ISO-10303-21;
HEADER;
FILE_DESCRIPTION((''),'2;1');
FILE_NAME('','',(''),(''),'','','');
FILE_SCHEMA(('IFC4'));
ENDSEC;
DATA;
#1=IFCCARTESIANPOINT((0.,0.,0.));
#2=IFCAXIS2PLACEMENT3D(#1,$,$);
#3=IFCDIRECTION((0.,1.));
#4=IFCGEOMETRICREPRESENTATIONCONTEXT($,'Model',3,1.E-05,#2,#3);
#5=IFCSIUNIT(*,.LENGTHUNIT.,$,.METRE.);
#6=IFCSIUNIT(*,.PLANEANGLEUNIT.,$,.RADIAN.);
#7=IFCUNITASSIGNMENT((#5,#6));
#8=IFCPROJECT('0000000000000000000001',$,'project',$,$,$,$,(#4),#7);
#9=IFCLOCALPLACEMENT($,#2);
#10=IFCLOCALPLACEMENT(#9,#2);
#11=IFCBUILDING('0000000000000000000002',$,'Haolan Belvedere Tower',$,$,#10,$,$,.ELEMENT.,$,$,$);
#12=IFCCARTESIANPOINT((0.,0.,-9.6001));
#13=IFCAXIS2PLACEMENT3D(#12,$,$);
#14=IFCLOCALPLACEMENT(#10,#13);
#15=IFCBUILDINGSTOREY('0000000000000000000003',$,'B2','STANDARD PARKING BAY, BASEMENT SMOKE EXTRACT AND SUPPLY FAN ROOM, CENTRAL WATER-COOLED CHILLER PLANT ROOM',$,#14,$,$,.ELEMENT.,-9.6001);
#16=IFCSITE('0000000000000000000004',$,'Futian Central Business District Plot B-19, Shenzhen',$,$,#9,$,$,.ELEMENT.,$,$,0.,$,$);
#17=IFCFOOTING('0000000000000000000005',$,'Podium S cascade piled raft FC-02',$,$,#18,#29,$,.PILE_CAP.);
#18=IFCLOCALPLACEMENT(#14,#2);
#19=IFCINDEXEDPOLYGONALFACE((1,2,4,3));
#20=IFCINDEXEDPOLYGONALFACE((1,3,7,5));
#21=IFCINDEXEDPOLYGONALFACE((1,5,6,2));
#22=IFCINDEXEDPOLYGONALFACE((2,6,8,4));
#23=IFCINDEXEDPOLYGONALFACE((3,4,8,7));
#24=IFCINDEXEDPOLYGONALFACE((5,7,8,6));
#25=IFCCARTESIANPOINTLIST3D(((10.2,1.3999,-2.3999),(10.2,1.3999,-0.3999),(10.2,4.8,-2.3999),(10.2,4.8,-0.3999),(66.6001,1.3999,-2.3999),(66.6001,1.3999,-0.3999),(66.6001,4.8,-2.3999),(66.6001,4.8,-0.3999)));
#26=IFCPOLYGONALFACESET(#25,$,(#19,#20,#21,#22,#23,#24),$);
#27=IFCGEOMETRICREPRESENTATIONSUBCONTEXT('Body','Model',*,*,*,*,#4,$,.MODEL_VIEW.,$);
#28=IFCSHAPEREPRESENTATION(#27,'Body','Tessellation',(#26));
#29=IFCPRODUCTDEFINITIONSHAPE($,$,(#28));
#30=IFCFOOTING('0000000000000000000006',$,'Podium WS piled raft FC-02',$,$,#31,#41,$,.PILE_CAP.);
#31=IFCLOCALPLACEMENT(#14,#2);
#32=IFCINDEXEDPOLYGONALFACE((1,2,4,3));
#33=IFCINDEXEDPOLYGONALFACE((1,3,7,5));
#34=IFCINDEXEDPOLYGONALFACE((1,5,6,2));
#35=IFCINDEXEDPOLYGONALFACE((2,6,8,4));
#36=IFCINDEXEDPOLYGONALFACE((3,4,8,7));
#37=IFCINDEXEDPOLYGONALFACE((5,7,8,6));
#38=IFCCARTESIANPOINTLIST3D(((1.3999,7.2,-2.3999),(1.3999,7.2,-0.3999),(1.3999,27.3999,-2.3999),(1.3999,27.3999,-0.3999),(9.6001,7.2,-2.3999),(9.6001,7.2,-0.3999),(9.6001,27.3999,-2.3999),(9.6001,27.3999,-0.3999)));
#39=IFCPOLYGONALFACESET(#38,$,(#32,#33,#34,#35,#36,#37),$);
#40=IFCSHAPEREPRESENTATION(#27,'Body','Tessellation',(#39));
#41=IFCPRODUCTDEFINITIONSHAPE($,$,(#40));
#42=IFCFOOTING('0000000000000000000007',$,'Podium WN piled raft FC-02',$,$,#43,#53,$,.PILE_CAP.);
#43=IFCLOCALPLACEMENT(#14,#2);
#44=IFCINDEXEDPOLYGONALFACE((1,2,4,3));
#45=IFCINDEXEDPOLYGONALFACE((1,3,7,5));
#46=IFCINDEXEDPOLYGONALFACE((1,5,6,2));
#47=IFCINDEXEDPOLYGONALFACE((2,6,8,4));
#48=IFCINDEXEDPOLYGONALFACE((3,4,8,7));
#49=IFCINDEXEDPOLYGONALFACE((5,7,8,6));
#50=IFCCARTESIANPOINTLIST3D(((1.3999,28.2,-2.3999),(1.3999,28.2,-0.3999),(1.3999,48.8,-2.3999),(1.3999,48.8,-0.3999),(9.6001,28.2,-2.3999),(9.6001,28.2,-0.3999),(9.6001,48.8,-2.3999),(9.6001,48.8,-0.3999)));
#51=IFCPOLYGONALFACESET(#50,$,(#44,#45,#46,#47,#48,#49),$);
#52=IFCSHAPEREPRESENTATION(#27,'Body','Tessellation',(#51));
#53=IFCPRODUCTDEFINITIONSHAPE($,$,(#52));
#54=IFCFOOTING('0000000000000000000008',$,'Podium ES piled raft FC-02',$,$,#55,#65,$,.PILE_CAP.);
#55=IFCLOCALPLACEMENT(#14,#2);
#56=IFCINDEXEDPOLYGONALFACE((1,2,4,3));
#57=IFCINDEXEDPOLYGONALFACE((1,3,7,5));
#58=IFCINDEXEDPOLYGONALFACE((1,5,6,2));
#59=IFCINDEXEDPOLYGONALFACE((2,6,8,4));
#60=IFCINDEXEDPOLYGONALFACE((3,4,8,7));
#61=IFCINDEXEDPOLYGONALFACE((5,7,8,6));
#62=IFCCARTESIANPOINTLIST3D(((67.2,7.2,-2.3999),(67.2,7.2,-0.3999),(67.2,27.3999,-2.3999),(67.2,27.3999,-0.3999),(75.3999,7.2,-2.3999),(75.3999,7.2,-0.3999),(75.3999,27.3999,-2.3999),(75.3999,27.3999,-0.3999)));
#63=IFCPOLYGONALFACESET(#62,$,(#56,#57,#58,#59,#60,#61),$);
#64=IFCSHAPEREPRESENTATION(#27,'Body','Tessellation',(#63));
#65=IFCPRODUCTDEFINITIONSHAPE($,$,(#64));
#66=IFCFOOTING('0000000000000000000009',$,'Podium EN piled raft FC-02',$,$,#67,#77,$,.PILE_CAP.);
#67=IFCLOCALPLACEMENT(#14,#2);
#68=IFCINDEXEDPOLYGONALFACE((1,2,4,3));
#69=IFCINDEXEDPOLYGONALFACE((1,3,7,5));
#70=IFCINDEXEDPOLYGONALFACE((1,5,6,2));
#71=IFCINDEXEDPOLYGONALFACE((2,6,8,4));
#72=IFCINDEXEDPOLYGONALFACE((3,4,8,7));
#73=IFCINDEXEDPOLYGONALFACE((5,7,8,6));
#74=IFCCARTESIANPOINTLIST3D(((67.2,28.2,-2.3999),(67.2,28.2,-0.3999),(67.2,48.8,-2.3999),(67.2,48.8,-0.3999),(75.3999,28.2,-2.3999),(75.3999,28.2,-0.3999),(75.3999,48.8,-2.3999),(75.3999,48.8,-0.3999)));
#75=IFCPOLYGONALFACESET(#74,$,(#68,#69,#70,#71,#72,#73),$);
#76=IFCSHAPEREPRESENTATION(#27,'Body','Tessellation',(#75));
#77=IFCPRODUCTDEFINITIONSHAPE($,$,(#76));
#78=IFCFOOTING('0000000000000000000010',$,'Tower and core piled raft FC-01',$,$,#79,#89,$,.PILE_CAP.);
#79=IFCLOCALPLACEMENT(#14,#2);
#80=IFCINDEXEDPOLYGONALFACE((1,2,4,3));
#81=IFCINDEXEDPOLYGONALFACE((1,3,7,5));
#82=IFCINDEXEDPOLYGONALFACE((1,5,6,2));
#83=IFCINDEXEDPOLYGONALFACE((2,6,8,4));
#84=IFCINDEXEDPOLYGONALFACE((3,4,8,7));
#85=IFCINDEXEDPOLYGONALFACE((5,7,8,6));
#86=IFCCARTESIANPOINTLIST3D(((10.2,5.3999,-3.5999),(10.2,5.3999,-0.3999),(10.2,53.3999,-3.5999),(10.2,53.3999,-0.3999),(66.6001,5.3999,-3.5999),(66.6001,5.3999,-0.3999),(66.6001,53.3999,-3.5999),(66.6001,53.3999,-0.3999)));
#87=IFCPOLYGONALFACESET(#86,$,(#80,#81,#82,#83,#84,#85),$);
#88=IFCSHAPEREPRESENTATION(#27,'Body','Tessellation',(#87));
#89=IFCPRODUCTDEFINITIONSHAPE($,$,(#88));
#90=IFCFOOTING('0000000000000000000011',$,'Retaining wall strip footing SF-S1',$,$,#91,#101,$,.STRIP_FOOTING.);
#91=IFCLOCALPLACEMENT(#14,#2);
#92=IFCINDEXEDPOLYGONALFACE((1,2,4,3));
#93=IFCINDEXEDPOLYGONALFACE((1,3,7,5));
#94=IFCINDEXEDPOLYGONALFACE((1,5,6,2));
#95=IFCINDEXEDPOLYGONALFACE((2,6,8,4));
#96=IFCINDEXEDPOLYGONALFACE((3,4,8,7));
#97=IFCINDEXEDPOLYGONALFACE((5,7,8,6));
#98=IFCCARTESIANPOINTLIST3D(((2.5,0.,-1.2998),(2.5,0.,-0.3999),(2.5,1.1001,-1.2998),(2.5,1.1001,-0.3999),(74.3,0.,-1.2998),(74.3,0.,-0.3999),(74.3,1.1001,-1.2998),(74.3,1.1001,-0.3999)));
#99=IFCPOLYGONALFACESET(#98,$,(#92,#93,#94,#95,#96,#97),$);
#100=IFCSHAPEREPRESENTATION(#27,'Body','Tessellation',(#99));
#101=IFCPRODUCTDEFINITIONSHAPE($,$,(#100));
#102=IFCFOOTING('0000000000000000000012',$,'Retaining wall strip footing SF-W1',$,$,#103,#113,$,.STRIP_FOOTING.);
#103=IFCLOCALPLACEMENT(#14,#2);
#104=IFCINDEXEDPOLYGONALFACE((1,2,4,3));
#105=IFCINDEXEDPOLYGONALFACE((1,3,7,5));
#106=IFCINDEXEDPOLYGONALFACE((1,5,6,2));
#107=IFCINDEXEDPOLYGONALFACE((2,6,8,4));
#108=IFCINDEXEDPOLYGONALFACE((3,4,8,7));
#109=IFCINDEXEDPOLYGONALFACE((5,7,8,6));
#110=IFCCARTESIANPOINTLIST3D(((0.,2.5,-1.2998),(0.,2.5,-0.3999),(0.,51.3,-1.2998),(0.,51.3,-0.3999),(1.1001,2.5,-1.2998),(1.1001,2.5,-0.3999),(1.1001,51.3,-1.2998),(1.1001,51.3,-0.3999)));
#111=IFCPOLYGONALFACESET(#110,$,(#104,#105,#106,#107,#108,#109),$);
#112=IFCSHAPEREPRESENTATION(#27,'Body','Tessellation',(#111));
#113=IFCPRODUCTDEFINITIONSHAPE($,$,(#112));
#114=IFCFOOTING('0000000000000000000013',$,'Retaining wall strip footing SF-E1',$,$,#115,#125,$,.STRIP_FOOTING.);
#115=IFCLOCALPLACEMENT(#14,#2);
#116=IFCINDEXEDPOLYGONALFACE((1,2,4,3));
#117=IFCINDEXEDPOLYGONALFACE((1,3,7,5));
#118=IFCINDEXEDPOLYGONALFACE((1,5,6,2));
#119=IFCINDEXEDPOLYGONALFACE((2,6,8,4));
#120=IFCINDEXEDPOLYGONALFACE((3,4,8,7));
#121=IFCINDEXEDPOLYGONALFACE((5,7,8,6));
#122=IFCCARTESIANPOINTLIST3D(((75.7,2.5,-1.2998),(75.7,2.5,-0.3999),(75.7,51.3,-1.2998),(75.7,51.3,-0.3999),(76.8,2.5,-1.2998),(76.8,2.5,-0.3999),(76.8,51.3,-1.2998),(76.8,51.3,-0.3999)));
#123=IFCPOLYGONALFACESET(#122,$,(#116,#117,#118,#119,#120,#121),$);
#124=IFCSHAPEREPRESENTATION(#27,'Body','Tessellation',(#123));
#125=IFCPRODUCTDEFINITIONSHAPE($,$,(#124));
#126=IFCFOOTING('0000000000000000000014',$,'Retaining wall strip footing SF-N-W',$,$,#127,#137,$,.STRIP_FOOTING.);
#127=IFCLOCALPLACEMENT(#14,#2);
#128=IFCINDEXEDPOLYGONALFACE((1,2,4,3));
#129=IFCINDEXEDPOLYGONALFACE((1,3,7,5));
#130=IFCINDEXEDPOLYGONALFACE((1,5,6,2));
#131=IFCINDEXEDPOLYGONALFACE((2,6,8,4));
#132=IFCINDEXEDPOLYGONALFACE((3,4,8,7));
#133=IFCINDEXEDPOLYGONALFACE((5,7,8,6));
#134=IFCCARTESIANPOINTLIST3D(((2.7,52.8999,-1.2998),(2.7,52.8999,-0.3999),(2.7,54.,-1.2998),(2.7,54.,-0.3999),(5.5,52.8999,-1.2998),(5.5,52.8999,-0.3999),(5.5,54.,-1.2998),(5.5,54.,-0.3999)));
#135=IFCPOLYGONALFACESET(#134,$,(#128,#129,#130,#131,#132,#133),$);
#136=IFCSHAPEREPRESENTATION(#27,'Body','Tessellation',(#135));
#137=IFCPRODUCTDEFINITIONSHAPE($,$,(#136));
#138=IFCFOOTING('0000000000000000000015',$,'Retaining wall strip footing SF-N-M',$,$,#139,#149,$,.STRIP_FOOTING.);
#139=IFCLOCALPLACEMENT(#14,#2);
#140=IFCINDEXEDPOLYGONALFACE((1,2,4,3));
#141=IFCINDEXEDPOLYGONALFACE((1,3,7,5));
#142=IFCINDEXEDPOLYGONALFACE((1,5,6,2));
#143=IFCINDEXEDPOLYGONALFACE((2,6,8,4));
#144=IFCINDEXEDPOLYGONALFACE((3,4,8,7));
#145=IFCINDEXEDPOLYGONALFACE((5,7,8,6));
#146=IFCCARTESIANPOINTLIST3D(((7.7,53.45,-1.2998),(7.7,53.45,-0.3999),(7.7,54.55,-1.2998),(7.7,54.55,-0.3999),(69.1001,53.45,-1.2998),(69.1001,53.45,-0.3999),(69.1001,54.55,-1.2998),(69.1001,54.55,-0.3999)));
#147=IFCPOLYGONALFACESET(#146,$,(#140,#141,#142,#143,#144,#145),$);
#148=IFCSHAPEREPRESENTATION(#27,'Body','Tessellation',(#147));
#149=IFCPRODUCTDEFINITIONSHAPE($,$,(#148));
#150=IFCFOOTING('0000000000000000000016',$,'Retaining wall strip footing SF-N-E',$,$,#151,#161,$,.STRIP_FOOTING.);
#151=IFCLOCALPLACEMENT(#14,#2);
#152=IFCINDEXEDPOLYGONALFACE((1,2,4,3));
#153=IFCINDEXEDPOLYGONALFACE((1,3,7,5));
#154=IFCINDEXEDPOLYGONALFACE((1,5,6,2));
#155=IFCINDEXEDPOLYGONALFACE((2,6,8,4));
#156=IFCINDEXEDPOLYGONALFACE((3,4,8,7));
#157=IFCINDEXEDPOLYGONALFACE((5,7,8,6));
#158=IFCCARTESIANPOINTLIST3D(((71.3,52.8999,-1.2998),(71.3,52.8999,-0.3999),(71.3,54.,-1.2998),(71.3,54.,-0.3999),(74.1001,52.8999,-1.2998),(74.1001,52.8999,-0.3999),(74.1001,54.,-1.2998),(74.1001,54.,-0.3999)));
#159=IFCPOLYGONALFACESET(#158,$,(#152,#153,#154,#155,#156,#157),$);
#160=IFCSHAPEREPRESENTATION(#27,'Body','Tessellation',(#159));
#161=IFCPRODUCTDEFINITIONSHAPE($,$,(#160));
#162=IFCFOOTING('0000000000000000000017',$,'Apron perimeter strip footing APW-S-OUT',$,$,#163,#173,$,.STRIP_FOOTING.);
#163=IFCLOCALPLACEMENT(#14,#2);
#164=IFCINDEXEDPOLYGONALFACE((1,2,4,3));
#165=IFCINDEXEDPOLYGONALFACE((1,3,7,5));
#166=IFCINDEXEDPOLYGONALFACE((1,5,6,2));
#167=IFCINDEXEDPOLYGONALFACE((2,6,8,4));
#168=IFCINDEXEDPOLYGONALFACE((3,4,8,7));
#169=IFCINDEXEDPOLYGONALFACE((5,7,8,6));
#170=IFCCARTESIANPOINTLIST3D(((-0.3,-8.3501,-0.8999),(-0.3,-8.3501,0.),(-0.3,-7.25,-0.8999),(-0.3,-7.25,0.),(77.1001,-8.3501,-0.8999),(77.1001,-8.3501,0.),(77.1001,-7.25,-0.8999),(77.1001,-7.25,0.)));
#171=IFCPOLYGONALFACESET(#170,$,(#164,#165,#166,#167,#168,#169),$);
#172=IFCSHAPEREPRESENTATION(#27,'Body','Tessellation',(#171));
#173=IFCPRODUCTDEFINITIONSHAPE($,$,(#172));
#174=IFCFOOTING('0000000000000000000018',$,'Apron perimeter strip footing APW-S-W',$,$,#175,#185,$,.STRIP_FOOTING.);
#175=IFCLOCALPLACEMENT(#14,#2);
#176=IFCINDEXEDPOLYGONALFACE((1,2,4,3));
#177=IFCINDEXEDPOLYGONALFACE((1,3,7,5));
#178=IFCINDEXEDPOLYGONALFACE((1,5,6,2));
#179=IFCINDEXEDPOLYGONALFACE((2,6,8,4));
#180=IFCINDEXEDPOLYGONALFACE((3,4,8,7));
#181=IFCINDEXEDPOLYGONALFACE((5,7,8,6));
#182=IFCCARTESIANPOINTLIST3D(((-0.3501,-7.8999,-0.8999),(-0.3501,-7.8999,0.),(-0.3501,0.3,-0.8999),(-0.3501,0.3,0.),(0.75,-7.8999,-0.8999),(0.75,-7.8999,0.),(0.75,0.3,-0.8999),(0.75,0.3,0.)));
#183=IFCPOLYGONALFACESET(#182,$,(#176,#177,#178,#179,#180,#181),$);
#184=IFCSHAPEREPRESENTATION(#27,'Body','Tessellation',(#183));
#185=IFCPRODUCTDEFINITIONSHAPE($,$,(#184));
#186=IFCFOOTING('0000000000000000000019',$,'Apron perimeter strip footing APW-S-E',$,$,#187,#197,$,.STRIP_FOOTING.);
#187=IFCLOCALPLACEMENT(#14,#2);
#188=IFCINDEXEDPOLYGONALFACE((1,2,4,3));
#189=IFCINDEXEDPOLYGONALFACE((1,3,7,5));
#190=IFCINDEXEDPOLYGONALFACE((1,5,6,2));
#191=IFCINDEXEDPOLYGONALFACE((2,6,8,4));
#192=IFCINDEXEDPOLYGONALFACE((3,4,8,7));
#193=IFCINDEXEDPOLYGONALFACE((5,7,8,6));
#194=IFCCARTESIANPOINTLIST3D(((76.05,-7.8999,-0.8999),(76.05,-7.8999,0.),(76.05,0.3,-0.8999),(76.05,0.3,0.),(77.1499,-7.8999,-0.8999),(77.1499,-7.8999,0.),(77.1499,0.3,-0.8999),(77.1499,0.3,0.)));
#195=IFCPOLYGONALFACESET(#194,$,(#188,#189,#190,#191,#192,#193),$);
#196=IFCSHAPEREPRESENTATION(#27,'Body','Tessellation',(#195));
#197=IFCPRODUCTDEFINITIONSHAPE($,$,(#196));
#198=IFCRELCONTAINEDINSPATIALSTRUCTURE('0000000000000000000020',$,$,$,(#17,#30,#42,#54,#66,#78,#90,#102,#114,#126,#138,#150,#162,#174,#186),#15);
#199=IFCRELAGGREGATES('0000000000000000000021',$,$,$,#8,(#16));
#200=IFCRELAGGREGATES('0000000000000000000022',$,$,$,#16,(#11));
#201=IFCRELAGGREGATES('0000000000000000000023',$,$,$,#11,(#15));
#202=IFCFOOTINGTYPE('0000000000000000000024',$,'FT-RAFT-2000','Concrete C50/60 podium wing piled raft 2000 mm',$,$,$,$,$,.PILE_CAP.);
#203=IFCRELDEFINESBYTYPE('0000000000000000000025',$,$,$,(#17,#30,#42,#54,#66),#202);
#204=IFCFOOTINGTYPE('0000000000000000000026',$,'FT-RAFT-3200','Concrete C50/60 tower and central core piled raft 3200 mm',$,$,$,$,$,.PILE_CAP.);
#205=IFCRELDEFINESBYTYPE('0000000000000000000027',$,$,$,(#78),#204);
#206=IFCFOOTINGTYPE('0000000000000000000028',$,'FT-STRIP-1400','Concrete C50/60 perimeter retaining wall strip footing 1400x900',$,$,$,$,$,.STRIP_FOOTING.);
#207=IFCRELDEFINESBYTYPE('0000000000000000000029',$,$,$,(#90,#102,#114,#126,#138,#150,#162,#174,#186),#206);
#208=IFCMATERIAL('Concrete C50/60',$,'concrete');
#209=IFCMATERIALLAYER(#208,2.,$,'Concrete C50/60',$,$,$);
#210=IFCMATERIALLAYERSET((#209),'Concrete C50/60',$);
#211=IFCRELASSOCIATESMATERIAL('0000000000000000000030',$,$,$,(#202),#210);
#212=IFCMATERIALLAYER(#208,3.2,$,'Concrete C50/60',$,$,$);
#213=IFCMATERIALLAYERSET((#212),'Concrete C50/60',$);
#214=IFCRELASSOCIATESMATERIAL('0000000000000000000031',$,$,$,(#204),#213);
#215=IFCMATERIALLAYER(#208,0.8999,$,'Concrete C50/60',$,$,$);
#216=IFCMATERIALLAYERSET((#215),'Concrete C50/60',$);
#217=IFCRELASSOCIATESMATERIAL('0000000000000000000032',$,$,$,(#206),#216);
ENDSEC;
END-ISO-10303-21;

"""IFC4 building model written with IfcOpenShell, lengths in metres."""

from ifc_helpers import new_model, si_unit, direction, frame, origin, place, context, subcontext, project, spatial, polyline, outline, extrude, material, layer, layer_set, type_object, element, save


model = new_model("IFC4")

# Units and contexts
model_context = context("Model", 3, precision=1e-05, world=origin(), true_north=direction((0.0, 1.0)))
body_context = subcontext(model_context, "Body", "Model", "MODEL_VIEW")
ifc_project = project(units=[si_unit("LENGTHUNIT", "METRE"), si_unit("PLANEANGLEUNIT", "RADIAN")], contexts=[model_context])

# Site, building, storey
site_placement = place(None, origin())
site = spatial("IfcSite", under=ifc_project, at=site_placement, Name="Futian Central Business District Plot B-19, Shenzhen", CompositionType="ELEMENT", RefElevation=0.0)
building_placement = place(site_placement, origin())
building = spatial("IfcBuilding", under=site, at=building_placement, Name="Haolan Belvedere Tower", CompositionType="ELEMENT")
storey_placement = place(building_placement, frame((0.0, 0.0, -9.6001)))
storey = spatial("IfcBuildingStorey", under=building, at=storey_placement, Name="B2", Description="STANDARD PARKING BAY, BASEMENT SMOKE EXTRACT AND SUPPLY FAN ROOM, CENTRAL WATER-COOLED CHILLER PLANT ROOM", CompositionType="ELEMENT", Elevation=-9.6001)

# Footings
ifc_material = material(Name="Concrete C50/60", Category="concrete")
ifc_layer_1 = layer(ifc_material, 2.0, Name="Concrete C50/60")
ifc_layer_set_1 = layer_set([ifc_layer_1], Name="Concrete C50/60")
footing_type_1 = type_object("IfcFootingType", Name="FT-RAFT-2000", Description="Concrete C50/60 podium wing piled raft 2000 mm", PredefinedType="PILE_CAP", material=ifc_layer_set_1)
footing_1_placement = place(storey_placement, frame((0.0, 0.0, -2.3999)))
element("IfcFooting", 1, at=footing_1_placement, inside=storey, type_object=footing_type_1, Name="Podium S cascade piled raft FC-02", PredefinedType="PILE_CAP", context=body_context, shape_type="SweptSolid", body=[
    extrude(outline(polyline([(10.2, 1.3999), (66.6001, 1.3999), (66.6001, 4.8), (10.2, 4.8), (10.2, 1.3999)])), origin(), (0.0, 0.0, 1.0), 2.0),
])
footing_2_placement = place(storey_placement, frame((0.0, 0.0, -2.3999)))
element("IfcFooting", 2, at=footing_2_placement, inside=storey, type_object=footing_type_1, Name="Podium WS piled raft FC-02", PredefinedType="PILE_CAP", context=body_context, shape_type="SweptSolid", body=[
    extrude(outline(polyline([(1.3999, 7.2), (9.6001, 7.2), (9.6001, 27.3999), (1.3999, 27.3999), (1.3999, 7.2)])), origin(), (0.0, 0.0, 1.0), 2.0),
])
footing_3_placement = place(storey_placement, frame((0.0, 0.0, -2.3999)))
element("IfcFooting", 3, at=footing_3_placement, inside=storey, type_object=footing_type_1, Name="Podium WN piled raft FC-02", PredefinedType="PILE_CAP", context=body_context, shape_type="SweptSolid", body=[
    extrude(outline(polyline([(1.3999, 28.2), (9.6001, 28.2), (9.6001, 48.8), (1.3999, 48.8), (1.3999, 28.2)])), origin(), (0.0, 0.0, 1.0), 2.0),
])
footing_4_placement = place(storey_placement, frame((0.0, 0.0, -2.3999)))
element("IfcFooting", 4, at=footing_4_placement, inside=storey, type_object=footing_type_1, Name="Podium ES piled raft FC-02", PredefinedType="PILE_CAP", context=body_context, shape_type="SweptSolid", body=[
    extrude(outline(polyline([(67.2, 7.2), (75.3999, 7.2), (75.3999, 27.3999), (67.2, 27.3999), (67.2, 7.2)])), origin(), (0.0, 0.0, 1.0), 2.0),
])
footing_5_placement = place(storey_placement, frame((0.0, 0.0, -2.3999)))
element("IfcFooting", 5, at=footing_5_placement, inside=storey, type_object=footing_type_1, Name="Podium EN piled raft FC-02", PredefinedType="PILE_CAP", context=body_context, shape_type="SweptSolid", body=[
    extrude(outline(polyline([(67.2, 28.2), (75.3999, 28.2), (75.3999, 48.8), (67.2, 48.8), (67.2, 28.2)])), origin(), (0.0, 0.0, 1.0), 2.0),
])
ifc_layer_2 = layer(ifc_material, 3.2, Name="Concrete C50/60")
ifc_layer_set_2 = layer_set([ifc_layer_2], Name="Concrete C50/60")
footing_type_2 = type_object("IfcFootingType", Name="FT-RAFT-3200", Description="Concrete C50/60 tower and central core piled raft 3200 mm", PredefinedType="PILE_CAP", material=ifc_layer_set_2)
footing_6_placement = place(storey_placement, frame((0.0, 0.0, -3.5999)))
element("IfcFooting", 6, at=footing_6_placement, inside=storey, type_object=footing_type_2, Name="Tower and core piled raft FC-01", PredefinedType="PILE_CAP", context=body_context, shape_type="SweptSolid", body=[
    extrude(outline(polyline([(10.2, 5.3999), (66.6001, 5.3999), (66.6001, 53.3999), (10.2, 53.3999), (10.2, 5.3999)])), origin(), (0.0, 0.0, 1.0), 3.2),
])
ifc_layer_3 = layer(ifc_material, 0.8999, Name="Concrete C50/60")
ifc_layer_set_3 = layer_set([ifc_layer_3], Name="Concrete C50/60")
footing_type_3 = type_object("IfcFootingType", Name="FT-STRIP-1400", Description="Concrete C50/60 perimeter retaining wall strip footing 1400x900", PredefinedType="STRIP_FOOTING", material=ifc_layer_set_3)
footing_7_placement = place(storey_placement, frame((0.0, 0.0, -1.2998)))
element("IfcFooting", 7, at=footing_7_placement, inside=storey, type_object=footing_type_3, Name="Retaining wall strip footing SF-S1", PredefinedType="STRIP_FOOTING", context=body_context, shape_type="SweptSolid", body=[
    extrude(outline(polyline([(2.5, 0.0), (74.3, 0.0), (74.3, 1.1001), (2.5, 1.1001), (2.5, 0.0)])), origin(), (0.0, 0.0, 1.0), 0.8999),
])
footing_8_placement = place(storey_placement, frame((0.0, 0.0, -1.2998)))
element("IfcFooting", 8, at=footing_8_placement, inside=storey, type_object=footing_type_3, Name="Retaining wall strip footing SF-W1", PredefinedType="STRIP_FOOTING", context=body_context, shape_type="SweptSolid", body=[
    extrude(outline(polyline([(0.0, 2.5), (1.1001, 2.5), (1.1001, 51.3), (0.0, 51.3), (0.0, 2.5)])), origin(), (0.0, 0.0, 1.0), 0.8999),
])
footing_9_placement = place(storey_placement, frame((0.0, 0.0, -1.2998)))
element("IfcFooting", 9, at=footing_9_placement, inside=storey, type_object=footing_type_3, Name="Retaining wall strip footing SF-E1", PredefinedType="STRIP_FOOTING", context=body_context, shape_type="SweptSolid", body=[
    extrude(outline(polyline([(75.7, 2.5), (76.8, 2.5), (76.8, 51.3), (75.7, 51.3), (75.7, 2.5)])), origin(), (0.0, 0.0, 1.0), 0.8999),
])
footing_10_placement = place(storey_placement, frame((0.0, 0.0, -1.2998)))
element("IfcFooting", 10, at=footing_10_placement, inside=storey, type_object=footing_type_3, Name="Retaining wall strip footing SF-N-W", PredefinedType="STRIP_FOOTING", context=body_context, shape_type="SweptSolid", body=[
    extrude(outline(polyline([(2.7, 52.8999), (5.5, 52.8999), (5.5, 54.0), (2.7, 54.0), (2.7, 52.8999)])), origin(), (0.0, 0.0, 1.0), 0.8999),
])
footing_11_placement = place(storey_placement, frame((0.0, 0.0, -1.2998)))
element("IfcFooting", 11, at=footing_11_placement, inside=storey, type_object=footing_type_3, Name="Retaining wall strip footing SF-N-M", PredefinedType="STRIP_FOOTING", context=body_context, shape_type="SweptSolid", body=[
    extrude(outline(polyline([(7.7, 53.45), (69.1001, 53.45), (69.1001, 54.55), (7.7, 54.55), (7.7, 53.45)])), origin(), (0.0, 0.0, 1.0), 0.8999),
])
footing_12_placement = place(storey_placement, frame((0.0, 0.0, -1.2998)))
element("IfcFooting", 12, at=footing_12_placement, inside=storey, type_object=footing_type_3, Name="Retaining wall strip footing SF-N-E", PredefinedType="STRIP_FOOTING", context=body_context, shape_type="SweptSolid", body=[
    extrude(outline(polyline([(71.3, 52.8999), (74.1001, 52.8999), (74.1001, 54.0), (71.3, 54.0), (71.3, 52.8999)])), origin(), (0.0, 0.0, 1.0), 0.8999),
])
footing_13_placement = place(storey_placement, frame((0.0, 0.0, -0.8999)))
element("IfcFooting", 13, at=footing_13_placement, inside=storey, type_object=footing_type_3, Name="Apron perimeter strip footing APW-S-OUT", PredefinedType="STRIP_FOOTING", context=body_context, shape_type="SweptSolid", body=[
    extrude(outline(polyline([(-0.3, -8.3501), (77.1001, -8.3501), (77.1001, -7.25), (-0.3, -7.25), (-0.3, -8.3501)])), origin(), (0.0, 0.0, 1.0), 0.8999),
])
footing_14_placement = place(storey_placement, frame((0.0, 0.0, -0.8999)))
element("IfcFooting", 14, at=footing_14_placement, inside=storey, type_object=footing_type_3, Name="Apron perimeter strip footing APW-S-W", PredefinedType="STRIP_FOOTING", context=body_context, shape_type="SweptSolid", body=[
    extrude(outline(polyline([(-0.3501, -7.8999), (0.75, -7.8999), (0.75, 0.3), (-0.3501, 0.3), (-0.3501, -7.8999)])), origin(), (0.0, 0.0, 1.0), 0.8999),
])
footing_15_placement = place(storey_placement, frame((0.0, 0.0, -0.8999)))
element("IfcFooting", 15, at=footing_15_placement, inside=storey, type_object=footing_type_3, Name="Apron perimeter strip footing APW-S-E", PredefinedType="STRIP_FOOTING", context=body_context, shape_type="SweptSolid", body=[
    extrude(outline(polyline([(76.05, -7.8999), (77.1499, -7.8999), (77.1499, 0.3), (76.05, 0.3), (76.05, -7.8999)])), origin(), (0.0, 0.0, 1.0), 0.8999),
])

save(model, "model.ifc")
